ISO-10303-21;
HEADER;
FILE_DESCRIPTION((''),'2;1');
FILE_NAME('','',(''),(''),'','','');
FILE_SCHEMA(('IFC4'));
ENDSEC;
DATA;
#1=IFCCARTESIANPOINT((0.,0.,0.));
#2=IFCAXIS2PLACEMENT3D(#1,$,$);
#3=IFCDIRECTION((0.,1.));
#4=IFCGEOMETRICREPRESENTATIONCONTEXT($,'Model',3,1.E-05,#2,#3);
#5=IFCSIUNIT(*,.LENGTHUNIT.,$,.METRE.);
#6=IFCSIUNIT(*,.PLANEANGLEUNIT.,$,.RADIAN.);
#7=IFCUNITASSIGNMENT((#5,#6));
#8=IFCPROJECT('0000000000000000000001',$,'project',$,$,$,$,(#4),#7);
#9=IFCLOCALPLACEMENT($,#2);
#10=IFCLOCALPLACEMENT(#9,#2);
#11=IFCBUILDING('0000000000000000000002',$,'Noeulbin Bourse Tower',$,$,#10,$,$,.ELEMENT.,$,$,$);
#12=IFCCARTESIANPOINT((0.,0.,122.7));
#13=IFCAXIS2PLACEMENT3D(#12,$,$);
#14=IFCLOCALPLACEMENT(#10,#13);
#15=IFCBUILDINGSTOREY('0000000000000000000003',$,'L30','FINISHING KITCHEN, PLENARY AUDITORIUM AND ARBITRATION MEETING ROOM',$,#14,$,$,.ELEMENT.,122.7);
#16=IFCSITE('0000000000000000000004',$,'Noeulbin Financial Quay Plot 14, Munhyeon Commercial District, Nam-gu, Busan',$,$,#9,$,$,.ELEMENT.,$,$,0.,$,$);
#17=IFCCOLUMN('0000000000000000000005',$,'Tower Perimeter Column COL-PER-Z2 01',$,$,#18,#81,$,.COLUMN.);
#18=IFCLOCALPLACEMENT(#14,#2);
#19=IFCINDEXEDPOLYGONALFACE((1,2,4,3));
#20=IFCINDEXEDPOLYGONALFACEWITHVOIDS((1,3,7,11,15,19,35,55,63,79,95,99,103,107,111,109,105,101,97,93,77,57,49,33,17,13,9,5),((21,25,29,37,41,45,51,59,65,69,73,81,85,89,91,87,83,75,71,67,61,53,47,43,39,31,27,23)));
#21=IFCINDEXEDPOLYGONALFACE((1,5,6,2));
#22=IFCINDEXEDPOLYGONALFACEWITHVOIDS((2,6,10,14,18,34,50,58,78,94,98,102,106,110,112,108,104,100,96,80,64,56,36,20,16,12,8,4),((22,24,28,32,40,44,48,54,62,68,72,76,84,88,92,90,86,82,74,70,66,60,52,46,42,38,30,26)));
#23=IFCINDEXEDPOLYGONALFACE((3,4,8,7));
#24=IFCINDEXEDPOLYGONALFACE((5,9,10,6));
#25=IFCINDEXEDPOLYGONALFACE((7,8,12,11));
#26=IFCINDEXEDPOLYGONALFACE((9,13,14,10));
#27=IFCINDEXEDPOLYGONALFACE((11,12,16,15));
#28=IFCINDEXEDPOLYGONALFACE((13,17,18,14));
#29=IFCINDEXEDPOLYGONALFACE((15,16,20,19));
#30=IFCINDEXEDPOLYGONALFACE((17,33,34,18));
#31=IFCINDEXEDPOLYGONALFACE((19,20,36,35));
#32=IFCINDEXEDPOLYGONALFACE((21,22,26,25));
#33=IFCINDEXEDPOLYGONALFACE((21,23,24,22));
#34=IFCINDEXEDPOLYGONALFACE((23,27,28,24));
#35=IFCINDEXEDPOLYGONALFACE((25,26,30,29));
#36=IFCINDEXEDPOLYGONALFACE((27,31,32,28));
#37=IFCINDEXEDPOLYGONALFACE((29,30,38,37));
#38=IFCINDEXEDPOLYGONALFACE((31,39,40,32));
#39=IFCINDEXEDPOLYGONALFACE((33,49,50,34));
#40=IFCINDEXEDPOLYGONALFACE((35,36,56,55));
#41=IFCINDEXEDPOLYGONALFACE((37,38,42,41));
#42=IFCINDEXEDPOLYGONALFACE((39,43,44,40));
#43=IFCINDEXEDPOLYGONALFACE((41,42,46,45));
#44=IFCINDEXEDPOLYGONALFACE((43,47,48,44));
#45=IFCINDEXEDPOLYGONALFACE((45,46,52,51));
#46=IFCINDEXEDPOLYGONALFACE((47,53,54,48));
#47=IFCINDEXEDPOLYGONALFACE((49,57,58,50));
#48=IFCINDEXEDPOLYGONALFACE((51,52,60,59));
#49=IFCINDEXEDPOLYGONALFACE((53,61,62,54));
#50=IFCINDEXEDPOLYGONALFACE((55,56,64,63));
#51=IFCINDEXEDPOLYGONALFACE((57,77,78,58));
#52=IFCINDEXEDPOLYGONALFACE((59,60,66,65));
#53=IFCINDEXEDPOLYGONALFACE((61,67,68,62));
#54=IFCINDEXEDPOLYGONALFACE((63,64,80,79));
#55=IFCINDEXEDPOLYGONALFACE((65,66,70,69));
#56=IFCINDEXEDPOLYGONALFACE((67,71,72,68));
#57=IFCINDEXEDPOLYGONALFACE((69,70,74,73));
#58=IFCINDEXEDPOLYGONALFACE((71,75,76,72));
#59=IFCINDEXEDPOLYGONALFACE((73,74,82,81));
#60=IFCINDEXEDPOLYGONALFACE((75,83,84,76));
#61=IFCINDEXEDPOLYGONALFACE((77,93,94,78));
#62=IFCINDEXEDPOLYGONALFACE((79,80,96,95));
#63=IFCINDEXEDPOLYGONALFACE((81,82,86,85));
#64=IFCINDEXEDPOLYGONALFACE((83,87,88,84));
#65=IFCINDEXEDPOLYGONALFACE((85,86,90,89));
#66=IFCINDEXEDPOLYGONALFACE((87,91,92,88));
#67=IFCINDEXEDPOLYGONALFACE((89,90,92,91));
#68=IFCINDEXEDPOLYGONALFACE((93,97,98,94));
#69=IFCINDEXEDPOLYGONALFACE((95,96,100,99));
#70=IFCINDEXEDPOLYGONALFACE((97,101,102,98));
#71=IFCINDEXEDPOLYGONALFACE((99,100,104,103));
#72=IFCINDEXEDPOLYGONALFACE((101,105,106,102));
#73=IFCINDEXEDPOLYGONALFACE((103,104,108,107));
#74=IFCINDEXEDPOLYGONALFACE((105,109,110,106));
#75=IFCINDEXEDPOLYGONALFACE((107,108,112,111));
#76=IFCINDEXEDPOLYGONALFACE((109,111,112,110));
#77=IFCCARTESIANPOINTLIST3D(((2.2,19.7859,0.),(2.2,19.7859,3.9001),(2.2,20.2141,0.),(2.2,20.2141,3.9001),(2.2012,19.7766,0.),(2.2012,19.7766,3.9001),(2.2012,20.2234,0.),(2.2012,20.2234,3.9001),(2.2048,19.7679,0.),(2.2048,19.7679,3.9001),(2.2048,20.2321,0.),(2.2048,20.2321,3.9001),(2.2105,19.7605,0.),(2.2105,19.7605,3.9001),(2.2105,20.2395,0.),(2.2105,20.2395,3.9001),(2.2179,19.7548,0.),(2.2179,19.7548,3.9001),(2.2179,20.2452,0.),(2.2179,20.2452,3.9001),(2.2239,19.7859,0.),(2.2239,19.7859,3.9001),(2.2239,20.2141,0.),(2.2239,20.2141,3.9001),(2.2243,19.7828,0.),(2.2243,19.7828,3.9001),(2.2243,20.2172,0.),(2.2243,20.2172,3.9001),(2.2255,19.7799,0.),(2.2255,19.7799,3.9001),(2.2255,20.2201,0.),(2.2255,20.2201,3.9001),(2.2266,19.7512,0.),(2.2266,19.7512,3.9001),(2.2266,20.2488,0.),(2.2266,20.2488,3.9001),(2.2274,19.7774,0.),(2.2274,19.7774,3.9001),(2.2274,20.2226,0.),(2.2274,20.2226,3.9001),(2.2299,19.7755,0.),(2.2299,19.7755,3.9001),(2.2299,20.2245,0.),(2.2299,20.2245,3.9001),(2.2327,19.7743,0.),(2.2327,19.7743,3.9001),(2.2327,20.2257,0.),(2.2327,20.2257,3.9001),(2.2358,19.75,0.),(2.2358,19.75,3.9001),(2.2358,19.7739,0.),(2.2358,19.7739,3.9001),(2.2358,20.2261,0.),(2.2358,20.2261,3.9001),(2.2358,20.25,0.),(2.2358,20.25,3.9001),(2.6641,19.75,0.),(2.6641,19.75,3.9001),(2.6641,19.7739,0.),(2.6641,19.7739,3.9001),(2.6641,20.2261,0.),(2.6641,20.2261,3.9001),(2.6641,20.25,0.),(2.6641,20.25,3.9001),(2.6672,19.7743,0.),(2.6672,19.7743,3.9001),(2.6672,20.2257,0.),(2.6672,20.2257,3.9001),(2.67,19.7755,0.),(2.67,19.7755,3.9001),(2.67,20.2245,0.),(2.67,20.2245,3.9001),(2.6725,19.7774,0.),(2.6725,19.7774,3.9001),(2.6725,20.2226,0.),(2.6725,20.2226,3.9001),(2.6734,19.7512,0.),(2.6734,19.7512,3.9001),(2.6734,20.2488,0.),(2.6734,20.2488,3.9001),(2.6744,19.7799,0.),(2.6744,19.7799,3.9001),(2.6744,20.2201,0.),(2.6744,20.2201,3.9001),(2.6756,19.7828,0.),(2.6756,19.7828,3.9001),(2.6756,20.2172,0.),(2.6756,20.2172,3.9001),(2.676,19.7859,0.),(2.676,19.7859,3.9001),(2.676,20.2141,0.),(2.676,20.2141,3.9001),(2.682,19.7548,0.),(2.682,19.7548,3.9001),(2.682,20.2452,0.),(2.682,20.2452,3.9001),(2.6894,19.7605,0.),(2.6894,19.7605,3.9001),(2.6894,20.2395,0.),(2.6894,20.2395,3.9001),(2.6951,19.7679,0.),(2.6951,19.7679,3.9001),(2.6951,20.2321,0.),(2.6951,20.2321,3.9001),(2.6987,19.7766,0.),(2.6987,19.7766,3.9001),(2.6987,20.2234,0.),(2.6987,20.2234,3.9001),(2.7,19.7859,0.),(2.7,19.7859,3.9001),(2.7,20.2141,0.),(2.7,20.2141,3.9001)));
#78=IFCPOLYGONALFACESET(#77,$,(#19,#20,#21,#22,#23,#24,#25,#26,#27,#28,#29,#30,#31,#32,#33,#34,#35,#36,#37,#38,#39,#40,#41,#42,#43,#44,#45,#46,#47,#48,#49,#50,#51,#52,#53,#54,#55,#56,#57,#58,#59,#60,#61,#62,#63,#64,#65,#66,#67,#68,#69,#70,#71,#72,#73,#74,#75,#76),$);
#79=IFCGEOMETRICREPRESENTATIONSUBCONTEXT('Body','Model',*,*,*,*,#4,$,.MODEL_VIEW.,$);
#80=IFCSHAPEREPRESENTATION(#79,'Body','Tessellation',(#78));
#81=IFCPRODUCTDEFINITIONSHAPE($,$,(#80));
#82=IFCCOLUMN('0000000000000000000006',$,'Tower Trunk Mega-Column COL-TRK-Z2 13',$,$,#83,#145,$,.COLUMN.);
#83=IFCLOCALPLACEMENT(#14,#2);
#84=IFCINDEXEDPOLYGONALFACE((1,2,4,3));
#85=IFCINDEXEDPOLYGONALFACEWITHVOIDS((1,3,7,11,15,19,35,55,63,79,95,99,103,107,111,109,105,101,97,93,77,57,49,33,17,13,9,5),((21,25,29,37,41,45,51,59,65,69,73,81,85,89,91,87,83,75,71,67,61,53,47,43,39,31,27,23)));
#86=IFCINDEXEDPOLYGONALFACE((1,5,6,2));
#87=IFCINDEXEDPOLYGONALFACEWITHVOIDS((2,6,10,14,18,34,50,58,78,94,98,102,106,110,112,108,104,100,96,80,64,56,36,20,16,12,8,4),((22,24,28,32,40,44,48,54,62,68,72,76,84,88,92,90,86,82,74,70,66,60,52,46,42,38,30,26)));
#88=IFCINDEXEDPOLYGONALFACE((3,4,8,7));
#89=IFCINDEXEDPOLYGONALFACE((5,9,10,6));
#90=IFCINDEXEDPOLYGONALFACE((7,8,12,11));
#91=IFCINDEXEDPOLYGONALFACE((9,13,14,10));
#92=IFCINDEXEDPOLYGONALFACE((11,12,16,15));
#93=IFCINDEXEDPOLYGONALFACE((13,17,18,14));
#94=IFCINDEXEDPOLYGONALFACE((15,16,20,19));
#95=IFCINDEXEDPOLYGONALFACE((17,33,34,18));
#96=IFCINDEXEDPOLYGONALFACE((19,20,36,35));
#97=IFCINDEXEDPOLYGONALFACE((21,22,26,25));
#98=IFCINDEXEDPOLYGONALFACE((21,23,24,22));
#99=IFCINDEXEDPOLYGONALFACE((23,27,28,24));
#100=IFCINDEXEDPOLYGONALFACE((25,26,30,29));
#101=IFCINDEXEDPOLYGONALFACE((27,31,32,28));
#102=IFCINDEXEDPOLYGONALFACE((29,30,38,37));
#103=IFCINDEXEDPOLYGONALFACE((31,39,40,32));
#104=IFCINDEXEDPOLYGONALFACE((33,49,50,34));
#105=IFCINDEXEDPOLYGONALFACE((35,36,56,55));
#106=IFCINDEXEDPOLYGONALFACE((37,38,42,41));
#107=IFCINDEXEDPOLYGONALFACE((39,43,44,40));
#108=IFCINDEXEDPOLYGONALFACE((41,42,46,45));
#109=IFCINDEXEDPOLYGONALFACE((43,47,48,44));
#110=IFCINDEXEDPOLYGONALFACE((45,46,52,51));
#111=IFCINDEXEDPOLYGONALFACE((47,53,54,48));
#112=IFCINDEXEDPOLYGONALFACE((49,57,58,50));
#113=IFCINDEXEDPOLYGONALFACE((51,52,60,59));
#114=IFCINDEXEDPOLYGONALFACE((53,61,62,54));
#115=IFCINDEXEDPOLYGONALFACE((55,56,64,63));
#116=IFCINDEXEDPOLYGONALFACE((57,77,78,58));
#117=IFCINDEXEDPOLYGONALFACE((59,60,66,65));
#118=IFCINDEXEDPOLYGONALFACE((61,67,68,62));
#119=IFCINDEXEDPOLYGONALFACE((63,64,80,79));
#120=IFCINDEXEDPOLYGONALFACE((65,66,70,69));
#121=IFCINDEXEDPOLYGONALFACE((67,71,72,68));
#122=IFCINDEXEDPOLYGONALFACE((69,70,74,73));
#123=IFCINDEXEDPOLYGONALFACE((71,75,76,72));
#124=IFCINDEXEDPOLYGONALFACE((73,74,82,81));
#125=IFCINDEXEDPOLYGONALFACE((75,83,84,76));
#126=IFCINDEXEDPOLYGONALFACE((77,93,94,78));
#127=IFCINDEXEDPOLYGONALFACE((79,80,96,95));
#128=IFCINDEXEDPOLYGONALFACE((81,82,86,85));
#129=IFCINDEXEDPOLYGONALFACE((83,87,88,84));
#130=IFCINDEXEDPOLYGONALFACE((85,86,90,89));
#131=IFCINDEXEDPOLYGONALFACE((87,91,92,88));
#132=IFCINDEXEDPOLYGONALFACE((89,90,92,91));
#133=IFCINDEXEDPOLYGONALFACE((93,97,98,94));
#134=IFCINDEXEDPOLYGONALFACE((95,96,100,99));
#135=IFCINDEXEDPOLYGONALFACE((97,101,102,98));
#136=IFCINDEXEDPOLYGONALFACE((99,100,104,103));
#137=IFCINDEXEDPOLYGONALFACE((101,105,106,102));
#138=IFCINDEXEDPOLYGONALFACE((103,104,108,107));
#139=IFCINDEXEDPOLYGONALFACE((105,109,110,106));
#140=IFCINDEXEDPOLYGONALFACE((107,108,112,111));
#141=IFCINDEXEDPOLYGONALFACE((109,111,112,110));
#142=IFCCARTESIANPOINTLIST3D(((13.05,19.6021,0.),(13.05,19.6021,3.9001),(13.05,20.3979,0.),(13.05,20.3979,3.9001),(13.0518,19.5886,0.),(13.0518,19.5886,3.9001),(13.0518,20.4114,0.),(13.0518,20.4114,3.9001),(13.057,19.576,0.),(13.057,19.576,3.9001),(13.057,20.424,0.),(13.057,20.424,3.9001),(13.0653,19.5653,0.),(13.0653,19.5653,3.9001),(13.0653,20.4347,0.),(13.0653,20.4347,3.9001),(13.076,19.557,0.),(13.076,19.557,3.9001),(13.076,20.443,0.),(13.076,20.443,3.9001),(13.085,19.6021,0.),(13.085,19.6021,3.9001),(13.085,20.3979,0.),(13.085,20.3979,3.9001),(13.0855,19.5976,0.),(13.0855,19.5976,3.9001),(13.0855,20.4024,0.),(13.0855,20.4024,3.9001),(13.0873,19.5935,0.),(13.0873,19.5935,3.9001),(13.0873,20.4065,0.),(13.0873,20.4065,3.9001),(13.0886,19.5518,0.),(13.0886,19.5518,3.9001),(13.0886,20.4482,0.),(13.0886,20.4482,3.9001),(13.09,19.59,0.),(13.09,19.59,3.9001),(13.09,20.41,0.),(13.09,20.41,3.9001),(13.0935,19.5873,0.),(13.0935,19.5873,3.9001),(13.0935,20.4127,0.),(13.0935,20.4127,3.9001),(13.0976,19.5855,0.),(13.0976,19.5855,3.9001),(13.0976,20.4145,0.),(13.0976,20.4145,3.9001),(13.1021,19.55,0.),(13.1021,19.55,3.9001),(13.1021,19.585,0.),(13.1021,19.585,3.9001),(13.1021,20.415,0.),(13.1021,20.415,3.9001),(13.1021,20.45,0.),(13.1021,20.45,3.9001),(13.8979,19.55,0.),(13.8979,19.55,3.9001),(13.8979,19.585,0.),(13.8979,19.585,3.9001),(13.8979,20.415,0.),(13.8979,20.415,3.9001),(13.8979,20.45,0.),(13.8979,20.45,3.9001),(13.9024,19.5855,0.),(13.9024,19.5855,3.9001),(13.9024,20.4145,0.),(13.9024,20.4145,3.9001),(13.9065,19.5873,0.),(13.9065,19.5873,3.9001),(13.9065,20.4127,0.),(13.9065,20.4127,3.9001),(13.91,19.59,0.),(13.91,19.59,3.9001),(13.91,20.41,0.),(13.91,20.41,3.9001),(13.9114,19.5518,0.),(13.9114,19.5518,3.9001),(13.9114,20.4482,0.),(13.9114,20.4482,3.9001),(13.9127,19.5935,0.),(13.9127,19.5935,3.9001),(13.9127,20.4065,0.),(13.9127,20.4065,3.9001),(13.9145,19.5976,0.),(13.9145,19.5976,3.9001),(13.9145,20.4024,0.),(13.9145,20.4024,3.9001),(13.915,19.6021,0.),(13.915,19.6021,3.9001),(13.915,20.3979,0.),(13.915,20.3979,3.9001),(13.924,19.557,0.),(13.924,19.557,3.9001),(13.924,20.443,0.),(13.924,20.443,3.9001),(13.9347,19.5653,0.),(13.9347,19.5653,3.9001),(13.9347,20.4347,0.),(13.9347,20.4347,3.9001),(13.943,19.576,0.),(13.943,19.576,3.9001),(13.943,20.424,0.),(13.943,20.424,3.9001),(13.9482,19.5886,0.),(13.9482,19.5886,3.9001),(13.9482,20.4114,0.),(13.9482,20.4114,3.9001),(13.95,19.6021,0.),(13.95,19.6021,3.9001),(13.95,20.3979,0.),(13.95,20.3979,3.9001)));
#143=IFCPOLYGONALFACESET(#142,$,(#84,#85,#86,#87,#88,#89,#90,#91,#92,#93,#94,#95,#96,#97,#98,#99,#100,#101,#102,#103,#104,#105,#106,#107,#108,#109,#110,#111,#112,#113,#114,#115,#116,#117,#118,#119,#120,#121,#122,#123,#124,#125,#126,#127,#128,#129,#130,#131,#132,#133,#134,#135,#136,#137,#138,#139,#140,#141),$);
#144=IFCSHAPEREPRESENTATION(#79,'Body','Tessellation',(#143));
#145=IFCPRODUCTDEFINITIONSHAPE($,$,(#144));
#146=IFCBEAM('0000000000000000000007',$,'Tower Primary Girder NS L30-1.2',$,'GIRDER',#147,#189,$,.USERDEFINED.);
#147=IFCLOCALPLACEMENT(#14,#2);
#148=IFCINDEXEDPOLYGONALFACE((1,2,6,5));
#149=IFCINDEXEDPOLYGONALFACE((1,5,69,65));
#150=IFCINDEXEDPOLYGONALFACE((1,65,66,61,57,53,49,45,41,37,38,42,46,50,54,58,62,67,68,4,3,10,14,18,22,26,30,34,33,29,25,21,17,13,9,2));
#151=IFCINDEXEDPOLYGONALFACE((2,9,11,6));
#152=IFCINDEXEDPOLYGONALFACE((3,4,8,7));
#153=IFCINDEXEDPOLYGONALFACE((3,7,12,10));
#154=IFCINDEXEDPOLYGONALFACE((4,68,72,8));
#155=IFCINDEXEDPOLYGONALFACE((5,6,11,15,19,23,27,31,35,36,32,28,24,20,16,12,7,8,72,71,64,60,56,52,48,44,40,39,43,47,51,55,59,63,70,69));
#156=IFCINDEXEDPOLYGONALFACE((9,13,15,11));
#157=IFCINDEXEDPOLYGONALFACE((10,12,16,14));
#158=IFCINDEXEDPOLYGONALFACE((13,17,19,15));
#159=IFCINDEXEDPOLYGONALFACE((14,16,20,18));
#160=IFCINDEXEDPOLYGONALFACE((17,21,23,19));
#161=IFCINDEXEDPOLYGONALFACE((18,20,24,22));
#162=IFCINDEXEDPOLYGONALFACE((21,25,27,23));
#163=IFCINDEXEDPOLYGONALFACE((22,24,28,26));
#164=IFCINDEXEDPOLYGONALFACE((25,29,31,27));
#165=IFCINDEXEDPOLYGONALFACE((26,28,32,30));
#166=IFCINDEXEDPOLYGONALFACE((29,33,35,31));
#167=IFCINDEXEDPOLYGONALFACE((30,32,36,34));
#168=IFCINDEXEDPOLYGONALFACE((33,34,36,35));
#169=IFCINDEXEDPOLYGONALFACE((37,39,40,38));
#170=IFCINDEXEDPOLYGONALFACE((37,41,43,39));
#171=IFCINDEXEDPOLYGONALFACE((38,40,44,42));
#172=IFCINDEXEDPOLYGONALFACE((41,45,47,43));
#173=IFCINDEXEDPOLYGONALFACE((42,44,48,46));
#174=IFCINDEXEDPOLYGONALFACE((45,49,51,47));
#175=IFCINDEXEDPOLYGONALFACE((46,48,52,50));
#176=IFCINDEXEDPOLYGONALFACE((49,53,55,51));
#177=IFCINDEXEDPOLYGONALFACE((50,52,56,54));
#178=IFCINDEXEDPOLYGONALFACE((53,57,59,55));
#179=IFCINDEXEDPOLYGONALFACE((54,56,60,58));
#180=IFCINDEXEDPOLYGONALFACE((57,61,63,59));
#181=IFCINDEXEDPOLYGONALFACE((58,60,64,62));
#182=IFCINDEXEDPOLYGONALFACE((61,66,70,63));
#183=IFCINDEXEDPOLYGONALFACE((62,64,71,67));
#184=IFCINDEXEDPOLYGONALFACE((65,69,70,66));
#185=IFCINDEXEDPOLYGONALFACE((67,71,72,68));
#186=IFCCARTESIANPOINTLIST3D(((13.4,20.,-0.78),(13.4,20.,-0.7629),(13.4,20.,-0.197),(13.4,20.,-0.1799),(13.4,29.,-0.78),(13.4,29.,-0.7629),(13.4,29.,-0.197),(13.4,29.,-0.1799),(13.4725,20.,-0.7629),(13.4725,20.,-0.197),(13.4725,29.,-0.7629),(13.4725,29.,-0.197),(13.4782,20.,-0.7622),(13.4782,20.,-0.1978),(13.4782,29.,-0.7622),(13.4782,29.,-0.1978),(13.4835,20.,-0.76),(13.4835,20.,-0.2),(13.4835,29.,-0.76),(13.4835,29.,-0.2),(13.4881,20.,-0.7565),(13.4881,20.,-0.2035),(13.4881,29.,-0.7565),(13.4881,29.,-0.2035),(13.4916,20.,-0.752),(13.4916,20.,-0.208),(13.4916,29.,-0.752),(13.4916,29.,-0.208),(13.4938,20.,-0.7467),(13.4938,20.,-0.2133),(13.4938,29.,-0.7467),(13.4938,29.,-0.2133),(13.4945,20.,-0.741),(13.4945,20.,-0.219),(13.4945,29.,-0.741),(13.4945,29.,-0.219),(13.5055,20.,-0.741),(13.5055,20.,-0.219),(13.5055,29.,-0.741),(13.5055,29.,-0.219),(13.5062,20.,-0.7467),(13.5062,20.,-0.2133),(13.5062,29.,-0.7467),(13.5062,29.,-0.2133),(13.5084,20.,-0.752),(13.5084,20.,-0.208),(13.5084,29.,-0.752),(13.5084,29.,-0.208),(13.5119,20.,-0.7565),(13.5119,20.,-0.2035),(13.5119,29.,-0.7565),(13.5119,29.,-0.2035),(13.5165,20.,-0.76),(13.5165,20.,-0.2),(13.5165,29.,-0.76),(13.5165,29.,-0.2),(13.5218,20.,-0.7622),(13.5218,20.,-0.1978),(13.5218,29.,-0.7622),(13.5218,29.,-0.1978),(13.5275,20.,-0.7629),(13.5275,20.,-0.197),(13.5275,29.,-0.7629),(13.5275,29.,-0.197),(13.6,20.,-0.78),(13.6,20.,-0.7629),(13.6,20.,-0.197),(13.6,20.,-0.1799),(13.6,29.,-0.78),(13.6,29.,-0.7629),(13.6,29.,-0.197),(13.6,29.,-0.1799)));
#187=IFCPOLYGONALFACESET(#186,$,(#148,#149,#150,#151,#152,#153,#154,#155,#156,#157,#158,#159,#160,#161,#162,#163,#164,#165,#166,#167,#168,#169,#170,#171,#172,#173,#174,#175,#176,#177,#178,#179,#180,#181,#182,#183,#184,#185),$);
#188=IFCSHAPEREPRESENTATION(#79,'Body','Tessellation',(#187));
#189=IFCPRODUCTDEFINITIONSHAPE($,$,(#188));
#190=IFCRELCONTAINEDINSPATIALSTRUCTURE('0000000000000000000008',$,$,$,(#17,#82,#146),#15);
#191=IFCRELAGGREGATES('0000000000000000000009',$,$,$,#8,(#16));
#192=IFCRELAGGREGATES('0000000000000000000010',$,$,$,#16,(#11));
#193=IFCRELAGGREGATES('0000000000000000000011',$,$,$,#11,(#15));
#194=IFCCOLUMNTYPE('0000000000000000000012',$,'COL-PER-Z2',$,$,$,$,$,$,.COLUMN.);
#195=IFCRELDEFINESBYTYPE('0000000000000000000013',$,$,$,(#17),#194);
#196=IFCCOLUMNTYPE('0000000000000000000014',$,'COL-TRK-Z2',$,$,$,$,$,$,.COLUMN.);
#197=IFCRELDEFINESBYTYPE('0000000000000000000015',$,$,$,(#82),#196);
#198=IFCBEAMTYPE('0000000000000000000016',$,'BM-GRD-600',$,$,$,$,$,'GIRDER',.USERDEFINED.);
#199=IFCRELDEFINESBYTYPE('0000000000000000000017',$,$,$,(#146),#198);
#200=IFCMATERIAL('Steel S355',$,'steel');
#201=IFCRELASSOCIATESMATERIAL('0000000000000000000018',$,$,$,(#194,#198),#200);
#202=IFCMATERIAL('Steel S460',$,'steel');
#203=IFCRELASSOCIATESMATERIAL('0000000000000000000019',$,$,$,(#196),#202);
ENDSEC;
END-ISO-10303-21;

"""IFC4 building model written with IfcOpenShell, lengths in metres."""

from ifc_helpers import new_model, si_unit, direction, frame, origin, origin_2d, place, context, subcontext, project, spatial, hollow_rectangle, i_section, extrude, material, material_profile, profile_set, type_object, element, save


model = new_model("IFC4")

# Units and contexts
model_context = context("Model", 3, precision=1e-05, world=origin(), true_north=direction((0.0, 1.0)))
body_context = subcontext(model_context, "Body", "Model", "MODEL_VIEW")
ifc_project = project(units=[si_unit("LENGTHUNIT", "METRE"), si_unit("PLANEANGLEUNIT", "RADIAN")], contexts=[model_context])

# Site, building, storey
site_placement = place(None, origin())
site = spatial("IfcSite", under=ifc_project, at=site_placement, Name="Noeulbin Financial Quay Plot 14, Munhyeon Commercial District, Nam-gu, Busan", CompositionType="ELEMENT", RefElevation=0.0)
building_placement = place(site_placement, origin())
building = spatial("IfcBuilding", under=site, at=building_placement, Name="Noeulbin Bourse Tower", CompositionType="ELEMENT")
storey_placement = place(building_placement, frame((0.0, 0.0, 122.7)))
storey = spatial("IfcBuildingStorey", under=building, at=storey_placement, Name="L30", Description="FINISHING KITCHEN, PLENARY AUDITORIUM AND ARBITRATION MEETING ROOM", CompositionType="ELEMENT", Elevation=122.7)

# Columns
ifc_material_1 = material(Name="Steel S355", Category="steel")
ifc_material_profile_1 = material_profile(ifc_material_1, hollow_rectangle(XDim=0.5, YDim=0.5, WallThickness=0.0239, InnerFilletRadius=0.012, OuterFilletRadius=0.0359, at=origin_2d()), Name="BOX-500x500x24", Category="LoadBearing")
ifc_profile_set_1 = profile_set([ifc_material_profile_1], Name="Steel S355")
column_type_1 = type_object("IfcColumnType", Name="COL-PER-Z2", PredefinedType="COLUMN", material=ifc_profile_set_1)
column_1_placement = place(storey_placement, frame((2.45, 20.0, 0.0), z_axis=(0.0, 0.0, 1.0), x_axis=(1.0, 0.0, 0.0)))
element("IfcColumn", 1, at=column_1_placement, inside=storey, type_object=column_type_1, Name="Tower Perimeter Column COL-PER-Z2 01", PredefinedType="COLUMN", context=body_context, shape_type="SweptSolid", body=[
    extrude(hollow_rectangle(XDim=0.5, YDim=0.5, WallThickness=0.0239, InnerFilletRadius=0.012, OuterFilletRadius=0.0359, at=origin_2d()), origin(), (0.0, 0.0, 1.0), 3.9001),
])
ifc_material_2 = material(Name="Steel S460", Category="steel")
ifc_material_profile_2 = material_profile(ifc_material_2, hollow_rectangle(XDim=0.8999, YDim=0.8999, WallThickness=0.0349, InnerFilletRadius=0.0171, OuterFilletRadius=0.052, at=origin_2d()), Name="BOX-900x900x35", Category="LoadBearing")
ifc_profile_set_2 = profile_set([ifc_material_profile_2], Name="Steel S460")
column_type_2 = type_object("IfcColumnType", Name="COL-TRK-Z2", PredefinedType="COLUMN", material=ifc_profile_set_2)
column_2_placement = place(storey_placement, frame((13.5, 20.0, 0.0), z_axis=(0.0, 0.0, 1.0), x_axis=(1.0, 0.0, 0.0)))
element("IfcColumn", 2, at=column_2_placement, inside=storey, type_object=column_type_2, Name="Tower Trunk Mega-Column COL-TRK-Z2 13", PredefinedType="COLUMN", context=body_context, shape_type="SweptSolid", body=[
    extrude(hollow_rectangle(XDim=0.8999, YDim=0.8999, WallThickness=0.0349, InnerFilletRadius=0.0171, OuterFilletRadius=0.052, at=origin_2d()), origin(), (0.0, 0.0, 1.0), 3.9001),
])

# Beam
ifc_material_profile_3 = material_profile(ifc_material_1, i_section(OverallWidth=0.2, OverallDepth=0.6001, WebThickness=0.011, FlangeThickness=0.0171, FilletRadius=0.022, at=origin_2d()), Name="H-600x200x11x17", Category="LoadBearing")
ifc_profile_set_3 = profile_set([ifc_material_profile_3], Name="Steel S355")
beam_type_1 = type_object("IfcBeamType", Name="BM-GRD-600", ElementType="GIRDER", PredefinedType="USERDEFINED", material=ifc_profile_set_3)
beam_1_placement = place(storey_placement, frame((13.5, 20.0, -0.48), z_axis=(0.0, 1.0, 0.0), x_axis=(-1.0, 0.0, 0.0)))
element("IfcBeam", 3, at=beam_1_placement, inside=storey, type_object=beam_type_1, Name="Tower Primary Girder NS L30-1.2", ObjectType="GIRDER", PredefinedType="USERDEFINED", context=body_context, shape_type="SweptSolid", body=[
    extrude(i_section(OverallWidth=0.2, OverallDepth=0.6001, WebThickness=0.011, FlangeThickness=0.0171, FilletRadius=0.022, at=origin_2d()), origin(), (0.0, 0.0, 1.0), 9.0),
])

save(model, "model.ifc")
